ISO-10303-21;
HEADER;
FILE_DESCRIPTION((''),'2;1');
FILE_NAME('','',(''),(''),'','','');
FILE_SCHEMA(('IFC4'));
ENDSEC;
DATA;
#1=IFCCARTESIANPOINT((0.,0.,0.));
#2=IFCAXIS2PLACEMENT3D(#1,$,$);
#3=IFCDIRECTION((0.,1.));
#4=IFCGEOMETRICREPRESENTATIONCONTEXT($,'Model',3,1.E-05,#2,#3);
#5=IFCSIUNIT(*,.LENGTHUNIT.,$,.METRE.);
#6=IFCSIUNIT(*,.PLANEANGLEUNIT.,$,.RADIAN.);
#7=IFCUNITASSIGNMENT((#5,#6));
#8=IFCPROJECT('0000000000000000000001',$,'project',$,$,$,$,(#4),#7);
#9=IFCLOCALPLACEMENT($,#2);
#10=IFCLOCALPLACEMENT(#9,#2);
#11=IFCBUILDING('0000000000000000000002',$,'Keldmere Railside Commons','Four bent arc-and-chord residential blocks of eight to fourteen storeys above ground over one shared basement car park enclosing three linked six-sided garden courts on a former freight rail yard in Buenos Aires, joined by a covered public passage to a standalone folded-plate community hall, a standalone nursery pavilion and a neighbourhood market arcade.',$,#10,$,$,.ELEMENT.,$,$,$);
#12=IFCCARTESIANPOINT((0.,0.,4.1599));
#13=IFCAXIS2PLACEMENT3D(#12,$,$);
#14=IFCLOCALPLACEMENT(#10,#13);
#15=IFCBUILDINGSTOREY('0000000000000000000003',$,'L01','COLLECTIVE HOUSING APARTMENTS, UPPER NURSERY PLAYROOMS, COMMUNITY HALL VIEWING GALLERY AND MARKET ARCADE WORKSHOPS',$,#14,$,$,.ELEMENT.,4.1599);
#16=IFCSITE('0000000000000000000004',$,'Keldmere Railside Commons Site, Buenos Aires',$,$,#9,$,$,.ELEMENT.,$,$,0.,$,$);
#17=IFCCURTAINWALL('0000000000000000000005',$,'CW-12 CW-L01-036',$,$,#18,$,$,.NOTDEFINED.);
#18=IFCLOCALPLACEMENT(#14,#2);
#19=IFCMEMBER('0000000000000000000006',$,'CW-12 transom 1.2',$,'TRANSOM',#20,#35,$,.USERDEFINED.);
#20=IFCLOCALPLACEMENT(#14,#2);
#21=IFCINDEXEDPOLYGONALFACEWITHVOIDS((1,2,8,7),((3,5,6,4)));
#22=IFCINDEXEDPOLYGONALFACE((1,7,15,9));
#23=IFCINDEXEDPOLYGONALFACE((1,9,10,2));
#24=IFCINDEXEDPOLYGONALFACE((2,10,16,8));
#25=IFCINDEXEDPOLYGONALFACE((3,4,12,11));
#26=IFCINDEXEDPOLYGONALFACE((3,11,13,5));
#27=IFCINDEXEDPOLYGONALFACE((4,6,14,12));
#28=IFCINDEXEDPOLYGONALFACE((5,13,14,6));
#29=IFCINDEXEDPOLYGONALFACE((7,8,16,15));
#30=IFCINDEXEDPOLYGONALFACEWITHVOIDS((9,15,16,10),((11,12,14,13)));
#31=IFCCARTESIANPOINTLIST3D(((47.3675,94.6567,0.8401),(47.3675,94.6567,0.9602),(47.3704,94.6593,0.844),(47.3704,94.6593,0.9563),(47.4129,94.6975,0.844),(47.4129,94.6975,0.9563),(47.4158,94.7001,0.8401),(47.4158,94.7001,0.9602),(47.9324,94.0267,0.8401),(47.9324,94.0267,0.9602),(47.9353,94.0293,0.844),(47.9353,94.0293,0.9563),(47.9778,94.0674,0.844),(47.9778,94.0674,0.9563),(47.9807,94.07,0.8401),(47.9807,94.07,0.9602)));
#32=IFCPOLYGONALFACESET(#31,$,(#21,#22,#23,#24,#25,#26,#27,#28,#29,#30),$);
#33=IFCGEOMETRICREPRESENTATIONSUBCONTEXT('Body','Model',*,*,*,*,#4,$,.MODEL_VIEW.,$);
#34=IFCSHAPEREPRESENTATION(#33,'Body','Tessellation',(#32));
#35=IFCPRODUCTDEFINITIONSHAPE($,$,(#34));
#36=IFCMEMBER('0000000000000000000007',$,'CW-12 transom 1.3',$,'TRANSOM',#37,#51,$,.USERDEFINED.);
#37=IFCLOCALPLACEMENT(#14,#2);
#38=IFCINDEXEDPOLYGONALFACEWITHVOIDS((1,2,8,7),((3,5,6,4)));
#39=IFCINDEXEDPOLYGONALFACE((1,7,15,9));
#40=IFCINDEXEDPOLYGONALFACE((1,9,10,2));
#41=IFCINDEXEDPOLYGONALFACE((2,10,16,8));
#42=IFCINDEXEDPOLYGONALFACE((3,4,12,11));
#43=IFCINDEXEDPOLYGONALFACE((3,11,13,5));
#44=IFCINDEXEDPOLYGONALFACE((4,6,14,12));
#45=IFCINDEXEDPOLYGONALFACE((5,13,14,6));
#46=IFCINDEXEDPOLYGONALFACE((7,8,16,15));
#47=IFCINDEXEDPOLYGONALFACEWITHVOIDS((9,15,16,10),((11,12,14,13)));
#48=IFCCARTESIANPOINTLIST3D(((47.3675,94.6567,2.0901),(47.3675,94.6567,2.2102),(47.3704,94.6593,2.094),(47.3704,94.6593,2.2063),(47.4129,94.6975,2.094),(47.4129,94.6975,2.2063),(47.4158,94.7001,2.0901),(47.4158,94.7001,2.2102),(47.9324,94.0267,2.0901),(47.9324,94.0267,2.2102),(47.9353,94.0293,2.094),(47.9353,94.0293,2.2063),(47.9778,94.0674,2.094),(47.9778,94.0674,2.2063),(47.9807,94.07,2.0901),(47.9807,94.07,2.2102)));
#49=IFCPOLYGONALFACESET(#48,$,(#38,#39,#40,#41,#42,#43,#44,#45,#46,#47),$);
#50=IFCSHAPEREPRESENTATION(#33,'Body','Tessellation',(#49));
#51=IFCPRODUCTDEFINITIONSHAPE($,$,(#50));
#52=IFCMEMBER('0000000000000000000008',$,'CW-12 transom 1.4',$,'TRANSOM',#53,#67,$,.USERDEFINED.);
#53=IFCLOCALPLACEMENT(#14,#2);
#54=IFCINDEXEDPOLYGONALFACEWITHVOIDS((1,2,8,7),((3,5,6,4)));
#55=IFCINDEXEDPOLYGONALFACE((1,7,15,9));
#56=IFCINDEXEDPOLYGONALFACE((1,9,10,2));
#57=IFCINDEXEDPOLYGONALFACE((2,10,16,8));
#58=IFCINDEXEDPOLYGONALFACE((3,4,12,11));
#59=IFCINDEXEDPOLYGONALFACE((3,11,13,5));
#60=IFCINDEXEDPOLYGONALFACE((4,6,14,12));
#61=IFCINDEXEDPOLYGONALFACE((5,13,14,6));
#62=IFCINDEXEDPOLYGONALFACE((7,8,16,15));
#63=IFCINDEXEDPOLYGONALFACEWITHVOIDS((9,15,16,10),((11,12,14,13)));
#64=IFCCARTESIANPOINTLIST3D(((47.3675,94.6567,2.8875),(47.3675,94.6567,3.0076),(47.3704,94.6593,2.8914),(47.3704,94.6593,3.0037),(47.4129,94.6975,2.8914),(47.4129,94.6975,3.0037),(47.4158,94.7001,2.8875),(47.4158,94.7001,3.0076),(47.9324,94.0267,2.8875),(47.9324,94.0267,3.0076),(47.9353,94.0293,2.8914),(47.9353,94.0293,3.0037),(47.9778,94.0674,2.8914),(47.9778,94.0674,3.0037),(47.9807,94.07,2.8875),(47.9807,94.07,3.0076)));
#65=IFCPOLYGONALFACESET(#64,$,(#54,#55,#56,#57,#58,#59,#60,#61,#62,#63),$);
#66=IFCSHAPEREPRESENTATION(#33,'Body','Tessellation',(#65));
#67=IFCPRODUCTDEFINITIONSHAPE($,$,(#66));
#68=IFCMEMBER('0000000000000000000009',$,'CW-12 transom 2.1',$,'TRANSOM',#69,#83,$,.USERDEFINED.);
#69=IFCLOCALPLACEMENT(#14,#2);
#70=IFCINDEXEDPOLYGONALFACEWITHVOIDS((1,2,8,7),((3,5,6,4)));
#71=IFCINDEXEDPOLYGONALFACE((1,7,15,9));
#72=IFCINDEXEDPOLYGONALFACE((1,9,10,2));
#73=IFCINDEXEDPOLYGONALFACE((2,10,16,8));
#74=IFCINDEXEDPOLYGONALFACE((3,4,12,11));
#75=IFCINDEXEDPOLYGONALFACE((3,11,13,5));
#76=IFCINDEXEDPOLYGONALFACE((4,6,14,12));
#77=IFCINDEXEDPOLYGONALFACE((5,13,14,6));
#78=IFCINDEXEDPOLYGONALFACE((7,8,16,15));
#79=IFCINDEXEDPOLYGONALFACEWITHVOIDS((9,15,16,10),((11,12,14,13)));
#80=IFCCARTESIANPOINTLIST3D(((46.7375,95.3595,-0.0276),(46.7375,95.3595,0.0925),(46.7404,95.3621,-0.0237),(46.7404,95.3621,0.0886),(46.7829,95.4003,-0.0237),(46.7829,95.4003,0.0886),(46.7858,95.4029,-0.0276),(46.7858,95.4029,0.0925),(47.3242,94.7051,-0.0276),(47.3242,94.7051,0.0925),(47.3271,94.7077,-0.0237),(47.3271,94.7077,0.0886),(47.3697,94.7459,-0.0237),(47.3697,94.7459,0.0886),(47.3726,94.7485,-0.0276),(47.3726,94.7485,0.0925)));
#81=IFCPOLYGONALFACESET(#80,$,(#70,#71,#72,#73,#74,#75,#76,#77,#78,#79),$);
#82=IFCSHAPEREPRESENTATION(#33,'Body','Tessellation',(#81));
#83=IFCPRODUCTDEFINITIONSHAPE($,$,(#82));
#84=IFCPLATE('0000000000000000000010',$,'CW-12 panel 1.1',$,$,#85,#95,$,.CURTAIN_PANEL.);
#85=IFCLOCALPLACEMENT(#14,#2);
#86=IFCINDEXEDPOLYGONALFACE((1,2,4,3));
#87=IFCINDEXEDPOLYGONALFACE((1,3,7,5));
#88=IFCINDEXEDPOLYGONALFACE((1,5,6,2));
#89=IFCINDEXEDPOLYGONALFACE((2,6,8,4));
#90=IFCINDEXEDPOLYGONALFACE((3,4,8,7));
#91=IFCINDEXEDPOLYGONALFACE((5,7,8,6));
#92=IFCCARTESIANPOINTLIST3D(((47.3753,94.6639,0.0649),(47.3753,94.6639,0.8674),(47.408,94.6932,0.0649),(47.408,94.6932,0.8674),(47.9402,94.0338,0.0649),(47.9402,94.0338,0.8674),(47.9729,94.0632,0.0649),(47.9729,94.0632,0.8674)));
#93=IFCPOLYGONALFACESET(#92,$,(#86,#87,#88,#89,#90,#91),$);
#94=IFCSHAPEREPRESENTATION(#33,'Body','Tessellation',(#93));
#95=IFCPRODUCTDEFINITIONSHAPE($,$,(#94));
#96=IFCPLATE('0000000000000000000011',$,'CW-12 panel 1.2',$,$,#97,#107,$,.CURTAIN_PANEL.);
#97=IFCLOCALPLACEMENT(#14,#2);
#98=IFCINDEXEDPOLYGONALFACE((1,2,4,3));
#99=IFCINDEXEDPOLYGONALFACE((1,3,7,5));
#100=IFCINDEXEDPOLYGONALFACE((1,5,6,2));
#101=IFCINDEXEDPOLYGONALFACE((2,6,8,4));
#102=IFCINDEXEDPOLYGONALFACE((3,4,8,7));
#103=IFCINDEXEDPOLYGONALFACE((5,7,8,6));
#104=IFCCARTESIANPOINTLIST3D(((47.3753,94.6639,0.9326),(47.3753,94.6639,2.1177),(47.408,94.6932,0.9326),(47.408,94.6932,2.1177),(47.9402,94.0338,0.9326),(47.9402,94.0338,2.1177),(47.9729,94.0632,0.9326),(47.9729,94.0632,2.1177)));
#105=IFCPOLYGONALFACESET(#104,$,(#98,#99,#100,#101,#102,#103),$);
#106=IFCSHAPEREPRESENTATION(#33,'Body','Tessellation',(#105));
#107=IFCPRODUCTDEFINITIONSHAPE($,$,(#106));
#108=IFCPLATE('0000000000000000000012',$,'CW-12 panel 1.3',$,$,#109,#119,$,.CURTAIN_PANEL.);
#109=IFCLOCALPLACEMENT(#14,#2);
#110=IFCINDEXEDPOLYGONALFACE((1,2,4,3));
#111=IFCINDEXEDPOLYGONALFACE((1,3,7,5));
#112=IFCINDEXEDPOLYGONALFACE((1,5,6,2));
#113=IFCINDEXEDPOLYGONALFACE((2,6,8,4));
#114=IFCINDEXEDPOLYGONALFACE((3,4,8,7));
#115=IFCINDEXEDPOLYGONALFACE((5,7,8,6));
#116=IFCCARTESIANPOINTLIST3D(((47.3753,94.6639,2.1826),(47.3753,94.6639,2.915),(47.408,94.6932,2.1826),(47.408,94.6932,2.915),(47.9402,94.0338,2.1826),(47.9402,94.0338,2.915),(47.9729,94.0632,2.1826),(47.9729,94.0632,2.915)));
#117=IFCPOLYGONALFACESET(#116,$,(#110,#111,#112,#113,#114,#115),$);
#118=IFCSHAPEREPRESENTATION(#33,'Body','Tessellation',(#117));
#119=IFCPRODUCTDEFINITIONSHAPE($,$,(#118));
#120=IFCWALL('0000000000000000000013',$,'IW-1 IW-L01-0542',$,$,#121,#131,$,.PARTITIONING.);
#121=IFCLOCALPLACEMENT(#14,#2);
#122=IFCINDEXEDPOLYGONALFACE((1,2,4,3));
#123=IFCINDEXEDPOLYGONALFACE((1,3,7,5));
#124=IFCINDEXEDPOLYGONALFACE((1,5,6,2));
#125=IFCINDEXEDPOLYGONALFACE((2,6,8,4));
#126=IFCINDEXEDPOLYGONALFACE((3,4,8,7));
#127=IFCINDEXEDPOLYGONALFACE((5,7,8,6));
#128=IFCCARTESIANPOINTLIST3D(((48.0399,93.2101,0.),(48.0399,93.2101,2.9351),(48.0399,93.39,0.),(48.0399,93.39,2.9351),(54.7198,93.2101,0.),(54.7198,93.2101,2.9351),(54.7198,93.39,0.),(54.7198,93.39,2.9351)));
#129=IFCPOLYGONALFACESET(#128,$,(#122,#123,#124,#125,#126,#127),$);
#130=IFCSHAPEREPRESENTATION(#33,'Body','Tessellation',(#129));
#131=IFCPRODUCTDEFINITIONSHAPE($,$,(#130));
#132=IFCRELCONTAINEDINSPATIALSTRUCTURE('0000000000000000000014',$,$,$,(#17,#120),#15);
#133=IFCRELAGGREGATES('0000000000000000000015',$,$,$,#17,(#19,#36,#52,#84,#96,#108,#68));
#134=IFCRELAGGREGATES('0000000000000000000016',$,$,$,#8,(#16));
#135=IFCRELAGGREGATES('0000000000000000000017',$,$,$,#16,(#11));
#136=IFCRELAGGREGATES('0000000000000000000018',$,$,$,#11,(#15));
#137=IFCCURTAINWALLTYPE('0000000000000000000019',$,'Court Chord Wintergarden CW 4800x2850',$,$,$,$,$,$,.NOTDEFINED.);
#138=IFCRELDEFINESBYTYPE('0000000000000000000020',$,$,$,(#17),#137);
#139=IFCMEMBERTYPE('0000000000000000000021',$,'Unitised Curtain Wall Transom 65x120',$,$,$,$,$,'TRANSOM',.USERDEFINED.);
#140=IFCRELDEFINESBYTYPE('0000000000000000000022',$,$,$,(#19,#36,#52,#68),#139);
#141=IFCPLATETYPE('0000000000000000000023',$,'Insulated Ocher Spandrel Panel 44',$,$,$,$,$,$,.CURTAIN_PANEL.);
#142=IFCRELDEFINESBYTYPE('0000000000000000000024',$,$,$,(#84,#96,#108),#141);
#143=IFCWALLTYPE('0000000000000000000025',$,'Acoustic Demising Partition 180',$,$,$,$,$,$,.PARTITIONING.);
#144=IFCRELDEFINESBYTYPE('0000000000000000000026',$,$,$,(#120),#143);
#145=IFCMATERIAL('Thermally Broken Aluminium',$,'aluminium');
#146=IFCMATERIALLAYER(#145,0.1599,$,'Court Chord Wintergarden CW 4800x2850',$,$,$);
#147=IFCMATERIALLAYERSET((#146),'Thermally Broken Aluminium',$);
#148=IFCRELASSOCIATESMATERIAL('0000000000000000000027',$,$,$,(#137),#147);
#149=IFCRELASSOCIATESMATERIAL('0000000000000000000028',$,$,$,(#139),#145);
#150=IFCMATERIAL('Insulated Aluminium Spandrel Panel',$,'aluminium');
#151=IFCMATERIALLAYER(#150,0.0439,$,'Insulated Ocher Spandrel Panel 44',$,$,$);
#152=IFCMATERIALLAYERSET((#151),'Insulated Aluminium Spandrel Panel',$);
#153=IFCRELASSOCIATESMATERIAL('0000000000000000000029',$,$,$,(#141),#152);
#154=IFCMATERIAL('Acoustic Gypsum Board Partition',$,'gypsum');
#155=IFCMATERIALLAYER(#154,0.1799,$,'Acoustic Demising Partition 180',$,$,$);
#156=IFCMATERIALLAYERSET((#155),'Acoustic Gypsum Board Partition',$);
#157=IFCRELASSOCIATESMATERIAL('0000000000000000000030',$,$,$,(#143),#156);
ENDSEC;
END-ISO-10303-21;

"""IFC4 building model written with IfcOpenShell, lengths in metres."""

from ifc_helpers import new_model, si_unit, direction, frame, frame_2d, origin, origin_2d, place, context, subcontext, project, spatial, rectangle, hollow_rectangle, extrude, material, layer, layer_set, material_profile, profile_set, type_object, element, aggregate, save


model = new_model("IFC4")

# Units and contexts
model_context = context("Model", 3, precision=1e-05, world=origin(), true_north=direction((0.0, 1.0)))
body_context = subcontext(model_context, "Body", "Model", "MODEL_VIEW")
ifc_project = project(units=[si_unit("LENGTHUNIT", "METRE"), si_unit("PLANEANGLEUNIT", "RADIAN")], contexts=[model_context])

# Site, building, storey
site_placement = place(None, origin())
site = spatial("IfcSite", under=ifc_project, at=site_placement, Name="Keldmere Railside Commons Site, Buenos Aires", CompositionType="ELEMENT", RefElevation=0.0)
building_placement = place(site_placement, origin())
building = spatial("IfcBuilding", under=site, at=building_placement, Name="Keldmere Railside Commons", Description="Four bent arc-and-chord residential blocks of eight to fourteen storeys above ground over one shared basement car park enclosing three linked six-sided garden courts on a former freight rail yard in Buenos Aires, joined by a covered public passage to a standalone folded-plate community hall, a standalone nursery pavilion and a neighbourhood market arcade.", CompositionType="ELEMENT")
storey_placement = place(building_placement, frame((0.0, 0.0, 4.1599)))
storey = spatial("IfcBuildingStorey", under=building, at=storey_placement, Name="L01", Description="COLLECTIVE HOUSING APARTMENTS, UPPER NURSERY PLAYROOMS, COMMUNITY HALL VIEWING GALLERY AND MARKET ARCADE WORKSHOPS", CompositionType="ELEMENT", Elevation=4.1599)

# Curtain wall, members, plates
ifc_material_1 = material(Name="Thermally Broken Aluminium", Category="aluminium")
ifc_layer_1 = layer(ifc_material_1, 0.1599, Name="Court Chord Wintergarden CW 4800x2850")
ifc_layer_set_1 = layer_set([ifc_layer_1], Name="Thermally Broken Aluminium")
curtain_wall_type = type_object("IfcCurtainWallType", Name="Court Chord Wintergarden CW 4800x2850", PredefinedType="NOTDEFINED", material=ifc_layer_set_1)
curtain_wall_placement = place(storey_placement, origin())
curtain_wall = element("IfcCurtainWall", 1, at=curtain_wall_placement, inside=storey, type_object=curtain_wall_type, Name="CW-12 CW-L01-036", PredefinedType="NOTDEFINED")
ifc_material_profile_1 = material_profile(ifc_material_1, hollow_rectangle(XDim=0.0649, YDim=0.1201, WallThickness=0.0039, at=origin_2d()), Name="ALU-TRAN-65x120")
ifc_profile_set_1 = profile_set([ifc_material_profile_1], Name="Thermally Broken Aluminium")
member_type_1 = type_object("IfcMemberType", Name="Unitised Curtain Wall Transom 65x120", ElementType="TRANSOM", PredefinedType="USERDEFINED", material=ifc_profile_set_1)
member_1_placement = place(storey_placement, frame((47.9565, 94.0483, 0.9001), z_axis=(-0.667545, 0.744569, 0.0), x_axis=(-0.744569, -0.667545, 0.0)))
member_1 = element("IfcMember", 2, at=member_1_placement, type_object=member_type_1, Name="CW-12 transom 1.2", ObjectType="TRANSOM", PredefinedType="USERDEFINED", context=body_context, shape_type="SweptSolid", body=[
    extrude(hollow_rectangle(XDim=0.0649, YDim=0.1201, WallThickness=0.0039, at=origin_2d()), origin(), (0.0, 0.0, 1.0), 0.8462),
])
member_2_placement = place(storey_placement, frame((47.9565, 94.0483, 2.1501), z_axis=(-0.667545, 0.744569, 0.0), x_axis=(-0.744569, -0.667545, 0.0)))
member_2 = element("IfcMember", 3, at=member_2_placement, type_object=member_type_1, Name="CW-12 transom 1.3", ObjectType="TRANSOM", PredefinedType="USERDEFINED", context=body_context, shape_type="SweptSolid", body=[
    extrude(hollow_rectangle(XDim=0.0649, YDim=0.1201, WallThickness=0.0039, at=origin_2d()), origin(), (0.0, 0.0, 1.0), 0.8462),
])
member_3_placement = place(storey_placement, frame((47.9565, 94.0483, 2.9475), z_axis=(-0.667545, 0.744569, 0.0), x_axis=(-0.744569, -0.667545, 0.0)))
member_3 = element("IfcMember", 4, at=member_3_placement, type_object=member_type_1, Name="CW-12 transom 1.4", ObjectType="TRANSOM", PredefinedType="USERDEFINED", context=body_context, shape_type="SweptSolid", body=[
    extrude(hollow_rectangle(XDim=0.0649, YDim=0.1201, WallThickness=0.0039, at=origin_2d()), origin(), (0.0, 0.0, 1.0), 0.8462),
])
member_4_placement = place(storey_placement, frame((47.3484, 94.7268, 0.0325), z_axis=(-0.667582, 0.744536, 0.0), x_axis=(-0.744536, -0.667582, 0.0)))
member_4 = element("IfcMember", 5, at=member_4_placement, type_object=member_type_1, Name="CW-12 transom 2.1", ObjectType="TRANSOM", PredefinedType="USERDEFINED", context=body_context, shape_type="SweptSolid", body=[
    extrude(hollow_rectangle(XDim=0.0649, YDim=0.1201, WallThickness=0.0039, at=origin_2d()), origin(), (0.0, 0.0, 1.0), 0.8789),
])
ifc_material_2 = material(Name="Insulated Aluminium Spandrel Panel", Category="aluminium")
ifc_layer_2 = layer(ifc_material_2, 0.0439, Name="Insulated Ocher Spandrel Panel 44")
ifc_layer_set_2 = layer_set([ifc_layer_2], Name="Insulated Aluminium Spandrel Panel")
plate_type = type_object("IfcPlateType", Name="Insulated Ocher Spandrel Panel 44", PredefinedType="CURTAIN_PANEL", material=ifc_layer_set_2)
plate_1_placement = place(storey_placement, frame((47.6741, 94.3635, 0.0649), z_axis=(0.0, 0.0, 1.0), x_axis=(-0.667559, 0.744557, 0.0)))
plate_1 = element("IfcPlate", 6, at=plate_1_placement, type_object=plate_type, Name="CW-12 panel 1.1", PredefinedType="CURTAIN_PANEL", context=body_context, shape_type="SweptSolid", body=[
    extrude(rectangle(XDim=0.8462, YDim=0.0439, at=origin_2d()), origin(), (0.0, 0.0, 1.0), 0.8025),
])
plate_2_placement = place(storey_placement, frame((47.6741, 94.3635, 0.9326), z_axis=(0.0, 0.0, 1.0), x_axis=(-0.667559, 0.744557, 0.0)))
plate_2 = element("IfcPlate", 7, at=plate_2_placement, type_object=plate_type, Name="CW-12 panel 1.2", PredefinedType="CURTAIN_PANEL", context=body_context, shape_type="SweptSolid", body=[
    extrude(rectangle(XDim=0.8462, YDim=0.0439, at=origin_2d()), origin(), (0.0, 0.0, 1.0), 1.1851),
])
plate_3_placement = place(storey_placement, frame((47.6741, 94.3635, 2.1826), z_axis=(0.0, 0.0, 1.0), x_axis=(-0.667559, 0.744557, 0.0)))
plate_3 = element("IfcPlate", 8, at=plate_3_placement, type_object=plate_type, Name="CW-12 panel 1.3", PredefinedType="CURTAIN_PANEL", context=body_context, shape_type="SweptSolid", body=[
    extrude(rectangle(XDim=0.8462, YDim=0.0439, at=origin_2d()), origin(), (0.0, 0.0, 1.0), 0.7324),
])
aggregate(curtain_wall, [member_1, member_2, member_3, plate_1, plate_2, plate_3, member_4])

# Wall
ifc_material_3 = material(Name="Acoustic Gypsum Board Partition", Category="gypsum")
ifc_layer_3 = layer(ifc_material_3, 0.1799, Name="Acoustic Demising Partition 180")
ifc_layer_set_3 = layer_set([ifc_layer_3], Name="Acoustic Gypsum Board Partition")
wall_type = type_object("IfcWallType", Name="Acoustic Demising Partition 180", PredefinedType="PARTITIONING", material=ifc_layer_set_3)
wall_placement = place(storey_placement, frame((48.04, 93.3, 0.0), z_axis=(0.0, 0.0, 1.0), x_axis=(1.0, 0.0, 0.0)))
element("IfcWall", 9, at=wall_placement, inside=storey, type_object=wall_type, Name="IW-1 IW-L01-0542", PredefinedType="PARTITIONING", context=body_context, shape_type="SweptSolid", body=[
    extrude(rectangle(XDim=6.6799, YDim=0.1799, at=frame_2d((3.3398, 0.0))), origin(), (0.0, 0.0, 1.0), 2.9351),
])

save(model, "model.ifc")
